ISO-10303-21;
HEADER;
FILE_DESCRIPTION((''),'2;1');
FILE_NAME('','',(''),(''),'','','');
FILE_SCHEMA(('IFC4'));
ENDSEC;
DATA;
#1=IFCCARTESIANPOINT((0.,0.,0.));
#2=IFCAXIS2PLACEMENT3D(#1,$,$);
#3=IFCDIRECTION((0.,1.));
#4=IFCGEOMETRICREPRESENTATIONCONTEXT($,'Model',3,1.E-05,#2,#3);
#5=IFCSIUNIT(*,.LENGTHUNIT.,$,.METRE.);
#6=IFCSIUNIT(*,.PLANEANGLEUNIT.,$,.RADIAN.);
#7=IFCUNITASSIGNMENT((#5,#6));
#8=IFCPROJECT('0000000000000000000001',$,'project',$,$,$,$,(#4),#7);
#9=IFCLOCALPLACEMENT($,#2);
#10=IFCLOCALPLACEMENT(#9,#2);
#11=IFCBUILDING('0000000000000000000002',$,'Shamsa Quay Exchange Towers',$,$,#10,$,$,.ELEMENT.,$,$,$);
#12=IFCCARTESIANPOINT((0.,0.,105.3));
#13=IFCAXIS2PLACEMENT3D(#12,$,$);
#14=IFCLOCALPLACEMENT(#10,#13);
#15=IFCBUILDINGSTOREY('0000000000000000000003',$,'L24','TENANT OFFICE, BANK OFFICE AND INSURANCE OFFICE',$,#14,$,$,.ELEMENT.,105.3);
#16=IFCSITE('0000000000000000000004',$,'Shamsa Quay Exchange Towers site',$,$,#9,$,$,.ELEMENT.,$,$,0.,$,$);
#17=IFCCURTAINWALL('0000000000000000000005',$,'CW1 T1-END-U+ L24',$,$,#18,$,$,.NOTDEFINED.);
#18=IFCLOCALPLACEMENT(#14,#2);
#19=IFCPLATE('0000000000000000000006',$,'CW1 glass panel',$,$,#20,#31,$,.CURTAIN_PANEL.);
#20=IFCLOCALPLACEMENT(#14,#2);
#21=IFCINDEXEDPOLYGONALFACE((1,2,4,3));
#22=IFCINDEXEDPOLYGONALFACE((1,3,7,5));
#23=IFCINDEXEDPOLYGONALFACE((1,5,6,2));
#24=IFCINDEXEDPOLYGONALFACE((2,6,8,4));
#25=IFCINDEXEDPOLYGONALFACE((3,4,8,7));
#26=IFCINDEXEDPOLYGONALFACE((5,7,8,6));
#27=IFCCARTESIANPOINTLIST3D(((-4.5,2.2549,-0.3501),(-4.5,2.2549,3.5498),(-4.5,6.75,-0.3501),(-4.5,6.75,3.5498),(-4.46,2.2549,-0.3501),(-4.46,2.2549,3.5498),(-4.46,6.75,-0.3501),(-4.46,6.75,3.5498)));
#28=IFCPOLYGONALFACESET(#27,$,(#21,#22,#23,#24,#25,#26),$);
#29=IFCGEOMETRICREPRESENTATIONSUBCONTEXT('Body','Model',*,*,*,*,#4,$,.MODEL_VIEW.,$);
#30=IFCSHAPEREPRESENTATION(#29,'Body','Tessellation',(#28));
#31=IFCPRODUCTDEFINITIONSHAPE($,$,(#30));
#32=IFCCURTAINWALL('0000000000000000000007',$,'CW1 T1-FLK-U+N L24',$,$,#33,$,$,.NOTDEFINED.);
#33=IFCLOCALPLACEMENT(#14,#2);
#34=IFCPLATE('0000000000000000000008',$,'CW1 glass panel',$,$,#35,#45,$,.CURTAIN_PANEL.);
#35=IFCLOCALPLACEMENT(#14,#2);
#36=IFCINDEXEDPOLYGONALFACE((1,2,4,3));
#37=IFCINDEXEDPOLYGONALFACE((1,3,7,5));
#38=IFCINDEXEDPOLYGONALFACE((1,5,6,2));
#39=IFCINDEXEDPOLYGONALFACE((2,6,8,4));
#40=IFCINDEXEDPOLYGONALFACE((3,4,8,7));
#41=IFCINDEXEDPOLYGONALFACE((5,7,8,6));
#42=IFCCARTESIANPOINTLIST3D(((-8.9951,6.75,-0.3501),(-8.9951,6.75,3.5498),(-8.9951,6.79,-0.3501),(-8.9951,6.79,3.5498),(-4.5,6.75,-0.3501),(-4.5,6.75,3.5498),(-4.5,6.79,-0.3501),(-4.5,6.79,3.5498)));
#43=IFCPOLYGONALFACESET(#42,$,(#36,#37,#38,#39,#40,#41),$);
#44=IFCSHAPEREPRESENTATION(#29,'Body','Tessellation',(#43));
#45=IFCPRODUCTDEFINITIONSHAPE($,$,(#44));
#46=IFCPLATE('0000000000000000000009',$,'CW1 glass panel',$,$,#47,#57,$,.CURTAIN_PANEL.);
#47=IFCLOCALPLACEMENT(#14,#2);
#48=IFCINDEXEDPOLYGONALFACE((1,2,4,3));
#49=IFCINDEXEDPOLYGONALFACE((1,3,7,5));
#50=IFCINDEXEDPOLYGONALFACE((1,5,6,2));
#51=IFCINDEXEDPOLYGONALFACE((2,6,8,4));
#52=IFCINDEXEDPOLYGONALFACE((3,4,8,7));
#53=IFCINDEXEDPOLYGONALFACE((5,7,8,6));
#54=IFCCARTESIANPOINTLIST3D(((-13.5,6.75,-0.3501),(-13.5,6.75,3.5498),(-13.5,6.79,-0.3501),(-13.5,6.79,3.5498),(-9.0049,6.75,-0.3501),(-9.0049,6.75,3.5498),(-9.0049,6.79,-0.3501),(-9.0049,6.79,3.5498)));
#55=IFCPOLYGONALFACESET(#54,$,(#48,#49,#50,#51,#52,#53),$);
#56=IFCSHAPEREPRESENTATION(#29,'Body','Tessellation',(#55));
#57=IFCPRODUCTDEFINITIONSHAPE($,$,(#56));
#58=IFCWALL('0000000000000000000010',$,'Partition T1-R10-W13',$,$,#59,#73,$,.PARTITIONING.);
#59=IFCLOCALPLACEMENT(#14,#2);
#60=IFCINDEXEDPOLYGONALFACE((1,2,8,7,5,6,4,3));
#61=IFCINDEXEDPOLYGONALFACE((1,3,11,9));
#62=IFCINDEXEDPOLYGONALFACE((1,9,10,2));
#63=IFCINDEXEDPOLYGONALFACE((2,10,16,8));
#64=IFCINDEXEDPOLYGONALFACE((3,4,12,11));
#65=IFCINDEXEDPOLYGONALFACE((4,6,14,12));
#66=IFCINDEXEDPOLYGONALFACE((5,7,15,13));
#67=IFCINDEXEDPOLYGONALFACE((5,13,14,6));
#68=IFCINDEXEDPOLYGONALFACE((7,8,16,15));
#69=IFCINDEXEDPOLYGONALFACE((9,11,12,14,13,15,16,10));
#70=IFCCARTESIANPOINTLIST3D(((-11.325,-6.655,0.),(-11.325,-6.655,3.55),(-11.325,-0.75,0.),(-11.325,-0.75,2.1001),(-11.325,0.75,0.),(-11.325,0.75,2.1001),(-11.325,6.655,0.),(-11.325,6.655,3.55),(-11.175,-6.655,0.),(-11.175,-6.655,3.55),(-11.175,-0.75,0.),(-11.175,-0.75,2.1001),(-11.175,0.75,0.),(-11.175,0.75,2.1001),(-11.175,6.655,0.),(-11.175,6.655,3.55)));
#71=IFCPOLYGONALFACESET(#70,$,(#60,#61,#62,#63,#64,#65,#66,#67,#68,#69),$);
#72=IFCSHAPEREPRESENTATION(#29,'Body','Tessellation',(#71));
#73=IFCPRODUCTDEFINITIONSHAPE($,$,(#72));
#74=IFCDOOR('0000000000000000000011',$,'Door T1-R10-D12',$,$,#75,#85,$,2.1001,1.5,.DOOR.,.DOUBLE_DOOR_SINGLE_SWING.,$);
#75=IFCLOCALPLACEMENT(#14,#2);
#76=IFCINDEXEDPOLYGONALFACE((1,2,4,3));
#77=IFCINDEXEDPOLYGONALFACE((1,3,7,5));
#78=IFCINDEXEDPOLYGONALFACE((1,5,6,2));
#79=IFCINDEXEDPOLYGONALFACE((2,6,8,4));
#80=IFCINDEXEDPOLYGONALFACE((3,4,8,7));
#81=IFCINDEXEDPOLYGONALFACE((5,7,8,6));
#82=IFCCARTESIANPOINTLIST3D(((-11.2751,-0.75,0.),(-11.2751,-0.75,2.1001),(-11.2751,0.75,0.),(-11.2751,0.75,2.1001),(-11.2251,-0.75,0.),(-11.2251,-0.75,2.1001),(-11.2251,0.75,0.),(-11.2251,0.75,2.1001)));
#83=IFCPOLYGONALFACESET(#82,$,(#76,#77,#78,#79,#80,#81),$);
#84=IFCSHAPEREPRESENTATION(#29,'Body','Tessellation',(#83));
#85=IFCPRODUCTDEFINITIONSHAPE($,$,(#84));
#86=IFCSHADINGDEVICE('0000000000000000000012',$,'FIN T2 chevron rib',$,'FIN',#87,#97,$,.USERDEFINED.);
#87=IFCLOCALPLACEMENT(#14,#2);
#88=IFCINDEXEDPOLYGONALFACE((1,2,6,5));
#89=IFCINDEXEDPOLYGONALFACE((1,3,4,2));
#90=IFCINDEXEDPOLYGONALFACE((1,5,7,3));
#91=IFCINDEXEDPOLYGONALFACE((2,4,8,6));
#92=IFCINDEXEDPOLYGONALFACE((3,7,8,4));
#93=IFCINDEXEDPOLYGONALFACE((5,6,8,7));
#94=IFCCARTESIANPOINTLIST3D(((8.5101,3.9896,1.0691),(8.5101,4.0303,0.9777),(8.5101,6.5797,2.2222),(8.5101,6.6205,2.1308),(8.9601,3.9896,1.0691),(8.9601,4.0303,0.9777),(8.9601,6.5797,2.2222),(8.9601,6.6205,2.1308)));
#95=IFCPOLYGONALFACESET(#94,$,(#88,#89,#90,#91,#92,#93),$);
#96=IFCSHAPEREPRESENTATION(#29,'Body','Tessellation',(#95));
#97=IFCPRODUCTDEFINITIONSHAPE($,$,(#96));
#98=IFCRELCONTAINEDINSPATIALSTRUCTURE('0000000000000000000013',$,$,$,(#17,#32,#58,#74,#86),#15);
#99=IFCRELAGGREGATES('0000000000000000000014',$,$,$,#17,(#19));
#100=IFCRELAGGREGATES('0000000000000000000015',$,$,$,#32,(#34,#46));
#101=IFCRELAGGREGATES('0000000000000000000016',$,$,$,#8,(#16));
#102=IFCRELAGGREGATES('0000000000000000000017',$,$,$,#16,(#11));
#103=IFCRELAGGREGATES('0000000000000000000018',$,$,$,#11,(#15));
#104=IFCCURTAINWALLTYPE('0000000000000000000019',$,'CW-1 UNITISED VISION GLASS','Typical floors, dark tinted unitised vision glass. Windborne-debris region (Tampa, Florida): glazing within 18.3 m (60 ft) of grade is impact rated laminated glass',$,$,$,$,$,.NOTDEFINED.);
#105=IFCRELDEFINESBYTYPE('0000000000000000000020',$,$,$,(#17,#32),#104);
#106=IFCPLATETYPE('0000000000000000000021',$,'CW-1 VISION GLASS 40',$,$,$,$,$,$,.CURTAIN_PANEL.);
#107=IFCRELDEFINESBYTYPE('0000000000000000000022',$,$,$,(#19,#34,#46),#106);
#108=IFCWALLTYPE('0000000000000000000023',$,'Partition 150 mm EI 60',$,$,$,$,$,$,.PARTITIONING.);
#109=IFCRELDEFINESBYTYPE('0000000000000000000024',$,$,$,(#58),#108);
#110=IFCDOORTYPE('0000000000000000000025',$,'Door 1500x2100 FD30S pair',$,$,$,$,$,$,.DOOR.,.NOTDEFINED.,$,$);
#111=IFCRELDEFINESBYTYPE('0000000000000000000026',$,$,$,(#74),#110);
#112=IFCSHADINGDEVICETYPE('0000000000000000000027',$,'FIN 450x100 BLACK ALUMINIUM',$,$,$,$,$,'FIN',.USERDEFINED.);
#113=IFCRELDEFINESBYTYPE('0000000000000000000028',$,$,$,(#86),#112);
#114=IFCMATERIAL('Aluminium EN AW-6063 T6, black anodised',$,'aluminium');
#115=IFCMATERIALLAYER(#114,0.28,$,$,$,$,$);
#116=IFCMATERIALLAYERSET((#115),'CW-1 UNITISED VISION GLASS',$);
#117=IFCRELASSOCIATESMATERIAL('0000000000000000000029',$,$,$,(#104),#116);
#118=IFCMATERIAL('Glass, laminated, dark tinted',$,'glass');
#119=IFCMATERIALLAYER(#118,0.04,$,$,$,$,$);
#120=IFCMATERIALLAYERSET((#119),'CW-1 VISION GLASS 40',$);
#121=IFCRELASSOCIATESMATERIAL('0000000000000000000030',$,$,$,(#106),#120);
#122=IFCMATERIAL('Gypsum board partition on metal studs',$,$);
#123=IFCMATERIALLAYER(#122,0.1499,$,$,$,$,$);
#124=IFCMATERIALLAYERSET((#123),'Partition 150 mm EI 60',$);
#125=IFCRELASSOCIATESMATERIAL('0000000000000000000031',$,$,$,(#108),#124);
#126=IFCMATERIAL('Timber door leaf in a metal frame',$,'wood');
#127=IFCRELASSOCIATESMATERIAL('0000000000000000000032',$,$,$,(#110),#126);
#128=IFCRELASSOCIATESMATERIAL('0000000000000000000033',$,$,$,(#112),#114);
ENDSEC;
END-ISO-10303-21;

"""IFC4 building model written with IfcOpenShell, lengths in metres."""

from ifc_helpers import new_model, si_unit, direction, frame, frame_2d, origin, origin_2d, place, context, subcontext, project, spatial, rectangle, extrude, material, layer, layer_set, material_profile, profile_set, type_object, element, fill, aggregate, save


model = new_model("IFC4")

# Units and contexts
model_context = context("Model", 3, precision=1e-05, world=origin(), true_north=direction((0.0, 1.0)))
body_context = subcontext(model_context, "Body", "Model", "MODEL_VIEW")
ifc_project = project(units=[si_unit("LENGTHUNIT", "METRE"), si_unit("PLANEANGLEUNIT", "RADIAN")], contexts=[model_context])

# Site, building, storey
site_placement = place(None, origin())
site = spatial("IfcSite", under=ifc_project, at=site_placement, Name="Shamsa Quay Exchange Towers site", CompositionType="ELEMENT", RefElevation=0.0)
building_placement = place(site_placement, origin())
building = spatial("IfcBuilding", under=site, at=building_placement, Name="Shamsa Quay Exchange Towers", CompositionType="ELEMENT")
storey_placement = place(building_placement, frame((0.0, 0.0, 105.3)))
storey = spatial("IfcBuildingStorey", under=building, at=storey_placement, Name="L24", Description="TENANT OFFICE, BANK OFFICE AND INSURANCE OFFICE", CompositionType="ELEMENT", Elevation=105.3)

# Curtain wall
ifc_material_1 = material(Name="Aluminium EN AW-6063 T6, black anodised", Category="aluminium")
ifc_layer_1 = layer(ifc_material_1, 0.28)
ifc_layer_set_1 = layer_set([ifc_layer_1], Name="CW-1 UNITISED VISION GLASS")
curtain_wall_type = type_object("IfcCurtainWallType", Name="CW-1 UNITISED VISION GLASS", Description="Typical floors, dark tinted unitised vision glass. Windborne-debris region (Tampa, Florida): glazing within 18.3 m (60 ft) of grade is impact rated laminated glass", PredefinedType="NOTDEFINED", material=ifc_layer_set_1)
curtain_wall_1_placement = place(storey_placement, origin())
curtain_wall_1 = element("IfcCurtainWall", 1, at=curtain_wall_1_placement, inside=storey, type_object=curtain_wall_type, Name="CW1 T1-END-U+ L24", PredefinedType="NOTDEFINED")

# Plate
ifc_material_2 = material(Name="Glass, laminated, dark tinted", Category="glass")
ifc_layer_2 = layer(ifc_material_2, 0.04)
ifc_layer_set_2 = layer_set([ifc_layer_2], Name="CW-1 VISION GLASS 40")
plate_type = type_object("IfcPlateType", Name="CW-1 VISION GLASS 40", PredefinedType="CURTAIN_PANEL", material=ifc_layer_set_2)
plate_1_placement = place(storey_placement, frame((-4.48, 4.5024, -0.3501), z_axis=(0.0, 0.0, 1.0), x_axis=(0.0, 1.0, 0.0)))
plate_1 = element("IfcPlate", 2, at=plate_1_placement, type_object=plate_type, Name="CW1 glass panel", PredefinedType="CURTAIN_PANEL", context=body_context, shape_type="SweptSolid", body=[
    extrude(rectangle(XDim=4.4951, YDim=0.04, at=origin_2d()), origin(), (0.0, 0.0, 1.0), 3.8999),
])
aggregate(curtain_wall_1, [plate_1])

# Curtain wall, plates
curtain_wall_2_placement = place(storey_placement, origin())
curtain_wall_2 = element("IfcCurtainWall", 3, at=curtain_wall_2_placement, inside=storey, type_object=curtain_wall_type, Name="CW1 T1-FLK-U+N L24", PredefinedType="NOTDEFINED")
plate_2_placement = place(storey_placement, frame((-6.7476, 6.77, -0.3501), z_axis=(0.0, 0.0, 1.0), x_axis=(-1.0, 0.0, 0.0)))
plate_2 = element("IfcPlate", 4, at=plate_2_placement, type_object=plate_type, Name="CW1 glass panel", PredefinedType="CURTAIN_PANEL", context=body_context, shape_type="SweptSolid", body=[
    extrude(rectangle(XDim=4.4951, YDim=0.04, at=origin_2d()), origin(), (0.0, 0.0, 1.0), 3.8999),
])
plate_3_placement = place(storey_placement, frame((-11.2524, 6.77, -0.3501), z_axis=(0.0, 0.0, 1.0), x_axis=(-1.0, 0.0, 0.0)))
plate_3 = element("IfcPlate", 5, at=plate_3_placement, type_object=plate_type, Name="CW1 glass panel", PredefinedType="CURTAIN_PANEL", context=body_context, shape_type="SweptSolid", body=[
    extrude(rectangle(XDim=4.4951, YDim=0.04, at=origin_2d()), origin(), (0.0, 0.0, 1.0), 3.8999),
])
aggregate(curtain_wall_2, [plate_2, plate_3])

# Wall, opening, door
ifc_material_3 = material(Name="Gypsum board partition on metal studs")
ifc_layer_3 = layer(ifc_material_3, 0.1499)
ifc_layer_set_3 = layer_set([ifc_layer_3], Name="Partition 150 mm EI 60")
wall_type_1 = type_object("IfcWallType", Name="Partition 150 mm EI 60", PredefinedType="PARTITIONING", material=ifc_layer_set_3)
wall_1_placement = place(storey_placement, frame((-11.25, 6.655, 0.0), z_axis=(0.0, 0.0, 1.0), x_axis=(0.0, -1.0, 0.0)))
wall_1 = element("IfcWall", 6, at=wall_1_placement, inside=storey, type_object=wall_type_1, Name="Partition T1-R10-W13", PredefinedType="PARTITIONING", context=body_context, shape_type="SweptSolid", body=[
    extrude(rectangle(XDim=13.3101, YDim=0.1499, at=frame_2d((6.655, 0.0))), origin(), (0.0, 0.0, 1.0), 3.55),
])
opening_1_placement = place(wall_1_placement, frame((5.905, 0.0, 0.0)))
opening_1 = element("IfcOpeningElement", 7, at=opening_1_placement, cuts=wall_1, PredefinedType="OPENING", context=body_context, shape_type="SweptSolid", body=[
    extrude(rectangle(XDim=1.5, YDim=2.1001, at=frame_2d((0.75, 1.05))), frame((0.0, 0.085, 0.0), z_axis=(0.0, -1.0, 0.0), x_axis=(1.0, 0.0, 0.0)), (0.0, 0.0, 1.0), 0.1699),
])
ifc_material_4 = material(Name="Timber door leaf in a metal frame", Category="wood")
door_type_1 = type_object("IfcDoorType", Name="Door 1500x2100 FD30S pair", OperationType="NOTDEFINED", PredefinedType="DOOR", material=ifc_material_4)
door_1_placement = place(opening_1_placement, origin())
door_1 = element("IfcDoor", 8, at=door_1_placement, inside=storey, type_object=door_type_1, Name="Door T1-R10-D12", OperationType="DOUBLE_DOOR_SINGLE_SWING", OverallHeight=2.1001, OverallWidth=1.5, PredefinedType="DOOR", context=body_context, shape_type="SweptSolid", body=[
    extrude(rectangle(XDim=1.5, YDim=2.1001, at=frame_2d((0.75, 1.05))), frame((0.0, 0.0249, 0.0), z_axis=(0.0, -1.0, 0.0), x_axis=(1.0, 0.0, 0.0)), (0.0, 0.0, 1.0), 0.05),
])
fill(opening_1, door_1)

# Shading device
ifc_material_profile_1 = material_profile(ifc_material_1, rectangle(XDim=0.45, YDim=0.1001, at=origin_2d()), Name="FIN450x100")
ifc_profile_set_1 = profile_set([ifc_material_profile_1], Name="Aluminium EN AW-6063 T6, black anodised")
shading_device_type = type_object("IfcShadingDeviceType", Name="FIN 450x100 BLACK ALUMINIUM", ElementType="FIN", PredefinedType="USERDEFINED", material=ifc_profile_set_1)
shading_device_placement = place(storey_placement, frame((8.7351, 6.6001, 2.1765), z_axis=(0.0, -0.913559, -0.406706), x_axis=(1.0, 0.0, 0.0)))
element("IfcShadingDevice", 9, at=shading_device_placement, inside=storey, type_object=shading_device_type, Name="FIN T2 chevron rib", ObjectType="FIN", PredefinedType="USERDEFINED", context=body_context, shape_type="SweptSolid", body=[
    extrude(rectangle(XDim=0.45, YDim=0.1001, at=origin_2d()), origin(), (0.0, 0.0, 1.0), 2.8352),
])

save(model, "model.ifc")
